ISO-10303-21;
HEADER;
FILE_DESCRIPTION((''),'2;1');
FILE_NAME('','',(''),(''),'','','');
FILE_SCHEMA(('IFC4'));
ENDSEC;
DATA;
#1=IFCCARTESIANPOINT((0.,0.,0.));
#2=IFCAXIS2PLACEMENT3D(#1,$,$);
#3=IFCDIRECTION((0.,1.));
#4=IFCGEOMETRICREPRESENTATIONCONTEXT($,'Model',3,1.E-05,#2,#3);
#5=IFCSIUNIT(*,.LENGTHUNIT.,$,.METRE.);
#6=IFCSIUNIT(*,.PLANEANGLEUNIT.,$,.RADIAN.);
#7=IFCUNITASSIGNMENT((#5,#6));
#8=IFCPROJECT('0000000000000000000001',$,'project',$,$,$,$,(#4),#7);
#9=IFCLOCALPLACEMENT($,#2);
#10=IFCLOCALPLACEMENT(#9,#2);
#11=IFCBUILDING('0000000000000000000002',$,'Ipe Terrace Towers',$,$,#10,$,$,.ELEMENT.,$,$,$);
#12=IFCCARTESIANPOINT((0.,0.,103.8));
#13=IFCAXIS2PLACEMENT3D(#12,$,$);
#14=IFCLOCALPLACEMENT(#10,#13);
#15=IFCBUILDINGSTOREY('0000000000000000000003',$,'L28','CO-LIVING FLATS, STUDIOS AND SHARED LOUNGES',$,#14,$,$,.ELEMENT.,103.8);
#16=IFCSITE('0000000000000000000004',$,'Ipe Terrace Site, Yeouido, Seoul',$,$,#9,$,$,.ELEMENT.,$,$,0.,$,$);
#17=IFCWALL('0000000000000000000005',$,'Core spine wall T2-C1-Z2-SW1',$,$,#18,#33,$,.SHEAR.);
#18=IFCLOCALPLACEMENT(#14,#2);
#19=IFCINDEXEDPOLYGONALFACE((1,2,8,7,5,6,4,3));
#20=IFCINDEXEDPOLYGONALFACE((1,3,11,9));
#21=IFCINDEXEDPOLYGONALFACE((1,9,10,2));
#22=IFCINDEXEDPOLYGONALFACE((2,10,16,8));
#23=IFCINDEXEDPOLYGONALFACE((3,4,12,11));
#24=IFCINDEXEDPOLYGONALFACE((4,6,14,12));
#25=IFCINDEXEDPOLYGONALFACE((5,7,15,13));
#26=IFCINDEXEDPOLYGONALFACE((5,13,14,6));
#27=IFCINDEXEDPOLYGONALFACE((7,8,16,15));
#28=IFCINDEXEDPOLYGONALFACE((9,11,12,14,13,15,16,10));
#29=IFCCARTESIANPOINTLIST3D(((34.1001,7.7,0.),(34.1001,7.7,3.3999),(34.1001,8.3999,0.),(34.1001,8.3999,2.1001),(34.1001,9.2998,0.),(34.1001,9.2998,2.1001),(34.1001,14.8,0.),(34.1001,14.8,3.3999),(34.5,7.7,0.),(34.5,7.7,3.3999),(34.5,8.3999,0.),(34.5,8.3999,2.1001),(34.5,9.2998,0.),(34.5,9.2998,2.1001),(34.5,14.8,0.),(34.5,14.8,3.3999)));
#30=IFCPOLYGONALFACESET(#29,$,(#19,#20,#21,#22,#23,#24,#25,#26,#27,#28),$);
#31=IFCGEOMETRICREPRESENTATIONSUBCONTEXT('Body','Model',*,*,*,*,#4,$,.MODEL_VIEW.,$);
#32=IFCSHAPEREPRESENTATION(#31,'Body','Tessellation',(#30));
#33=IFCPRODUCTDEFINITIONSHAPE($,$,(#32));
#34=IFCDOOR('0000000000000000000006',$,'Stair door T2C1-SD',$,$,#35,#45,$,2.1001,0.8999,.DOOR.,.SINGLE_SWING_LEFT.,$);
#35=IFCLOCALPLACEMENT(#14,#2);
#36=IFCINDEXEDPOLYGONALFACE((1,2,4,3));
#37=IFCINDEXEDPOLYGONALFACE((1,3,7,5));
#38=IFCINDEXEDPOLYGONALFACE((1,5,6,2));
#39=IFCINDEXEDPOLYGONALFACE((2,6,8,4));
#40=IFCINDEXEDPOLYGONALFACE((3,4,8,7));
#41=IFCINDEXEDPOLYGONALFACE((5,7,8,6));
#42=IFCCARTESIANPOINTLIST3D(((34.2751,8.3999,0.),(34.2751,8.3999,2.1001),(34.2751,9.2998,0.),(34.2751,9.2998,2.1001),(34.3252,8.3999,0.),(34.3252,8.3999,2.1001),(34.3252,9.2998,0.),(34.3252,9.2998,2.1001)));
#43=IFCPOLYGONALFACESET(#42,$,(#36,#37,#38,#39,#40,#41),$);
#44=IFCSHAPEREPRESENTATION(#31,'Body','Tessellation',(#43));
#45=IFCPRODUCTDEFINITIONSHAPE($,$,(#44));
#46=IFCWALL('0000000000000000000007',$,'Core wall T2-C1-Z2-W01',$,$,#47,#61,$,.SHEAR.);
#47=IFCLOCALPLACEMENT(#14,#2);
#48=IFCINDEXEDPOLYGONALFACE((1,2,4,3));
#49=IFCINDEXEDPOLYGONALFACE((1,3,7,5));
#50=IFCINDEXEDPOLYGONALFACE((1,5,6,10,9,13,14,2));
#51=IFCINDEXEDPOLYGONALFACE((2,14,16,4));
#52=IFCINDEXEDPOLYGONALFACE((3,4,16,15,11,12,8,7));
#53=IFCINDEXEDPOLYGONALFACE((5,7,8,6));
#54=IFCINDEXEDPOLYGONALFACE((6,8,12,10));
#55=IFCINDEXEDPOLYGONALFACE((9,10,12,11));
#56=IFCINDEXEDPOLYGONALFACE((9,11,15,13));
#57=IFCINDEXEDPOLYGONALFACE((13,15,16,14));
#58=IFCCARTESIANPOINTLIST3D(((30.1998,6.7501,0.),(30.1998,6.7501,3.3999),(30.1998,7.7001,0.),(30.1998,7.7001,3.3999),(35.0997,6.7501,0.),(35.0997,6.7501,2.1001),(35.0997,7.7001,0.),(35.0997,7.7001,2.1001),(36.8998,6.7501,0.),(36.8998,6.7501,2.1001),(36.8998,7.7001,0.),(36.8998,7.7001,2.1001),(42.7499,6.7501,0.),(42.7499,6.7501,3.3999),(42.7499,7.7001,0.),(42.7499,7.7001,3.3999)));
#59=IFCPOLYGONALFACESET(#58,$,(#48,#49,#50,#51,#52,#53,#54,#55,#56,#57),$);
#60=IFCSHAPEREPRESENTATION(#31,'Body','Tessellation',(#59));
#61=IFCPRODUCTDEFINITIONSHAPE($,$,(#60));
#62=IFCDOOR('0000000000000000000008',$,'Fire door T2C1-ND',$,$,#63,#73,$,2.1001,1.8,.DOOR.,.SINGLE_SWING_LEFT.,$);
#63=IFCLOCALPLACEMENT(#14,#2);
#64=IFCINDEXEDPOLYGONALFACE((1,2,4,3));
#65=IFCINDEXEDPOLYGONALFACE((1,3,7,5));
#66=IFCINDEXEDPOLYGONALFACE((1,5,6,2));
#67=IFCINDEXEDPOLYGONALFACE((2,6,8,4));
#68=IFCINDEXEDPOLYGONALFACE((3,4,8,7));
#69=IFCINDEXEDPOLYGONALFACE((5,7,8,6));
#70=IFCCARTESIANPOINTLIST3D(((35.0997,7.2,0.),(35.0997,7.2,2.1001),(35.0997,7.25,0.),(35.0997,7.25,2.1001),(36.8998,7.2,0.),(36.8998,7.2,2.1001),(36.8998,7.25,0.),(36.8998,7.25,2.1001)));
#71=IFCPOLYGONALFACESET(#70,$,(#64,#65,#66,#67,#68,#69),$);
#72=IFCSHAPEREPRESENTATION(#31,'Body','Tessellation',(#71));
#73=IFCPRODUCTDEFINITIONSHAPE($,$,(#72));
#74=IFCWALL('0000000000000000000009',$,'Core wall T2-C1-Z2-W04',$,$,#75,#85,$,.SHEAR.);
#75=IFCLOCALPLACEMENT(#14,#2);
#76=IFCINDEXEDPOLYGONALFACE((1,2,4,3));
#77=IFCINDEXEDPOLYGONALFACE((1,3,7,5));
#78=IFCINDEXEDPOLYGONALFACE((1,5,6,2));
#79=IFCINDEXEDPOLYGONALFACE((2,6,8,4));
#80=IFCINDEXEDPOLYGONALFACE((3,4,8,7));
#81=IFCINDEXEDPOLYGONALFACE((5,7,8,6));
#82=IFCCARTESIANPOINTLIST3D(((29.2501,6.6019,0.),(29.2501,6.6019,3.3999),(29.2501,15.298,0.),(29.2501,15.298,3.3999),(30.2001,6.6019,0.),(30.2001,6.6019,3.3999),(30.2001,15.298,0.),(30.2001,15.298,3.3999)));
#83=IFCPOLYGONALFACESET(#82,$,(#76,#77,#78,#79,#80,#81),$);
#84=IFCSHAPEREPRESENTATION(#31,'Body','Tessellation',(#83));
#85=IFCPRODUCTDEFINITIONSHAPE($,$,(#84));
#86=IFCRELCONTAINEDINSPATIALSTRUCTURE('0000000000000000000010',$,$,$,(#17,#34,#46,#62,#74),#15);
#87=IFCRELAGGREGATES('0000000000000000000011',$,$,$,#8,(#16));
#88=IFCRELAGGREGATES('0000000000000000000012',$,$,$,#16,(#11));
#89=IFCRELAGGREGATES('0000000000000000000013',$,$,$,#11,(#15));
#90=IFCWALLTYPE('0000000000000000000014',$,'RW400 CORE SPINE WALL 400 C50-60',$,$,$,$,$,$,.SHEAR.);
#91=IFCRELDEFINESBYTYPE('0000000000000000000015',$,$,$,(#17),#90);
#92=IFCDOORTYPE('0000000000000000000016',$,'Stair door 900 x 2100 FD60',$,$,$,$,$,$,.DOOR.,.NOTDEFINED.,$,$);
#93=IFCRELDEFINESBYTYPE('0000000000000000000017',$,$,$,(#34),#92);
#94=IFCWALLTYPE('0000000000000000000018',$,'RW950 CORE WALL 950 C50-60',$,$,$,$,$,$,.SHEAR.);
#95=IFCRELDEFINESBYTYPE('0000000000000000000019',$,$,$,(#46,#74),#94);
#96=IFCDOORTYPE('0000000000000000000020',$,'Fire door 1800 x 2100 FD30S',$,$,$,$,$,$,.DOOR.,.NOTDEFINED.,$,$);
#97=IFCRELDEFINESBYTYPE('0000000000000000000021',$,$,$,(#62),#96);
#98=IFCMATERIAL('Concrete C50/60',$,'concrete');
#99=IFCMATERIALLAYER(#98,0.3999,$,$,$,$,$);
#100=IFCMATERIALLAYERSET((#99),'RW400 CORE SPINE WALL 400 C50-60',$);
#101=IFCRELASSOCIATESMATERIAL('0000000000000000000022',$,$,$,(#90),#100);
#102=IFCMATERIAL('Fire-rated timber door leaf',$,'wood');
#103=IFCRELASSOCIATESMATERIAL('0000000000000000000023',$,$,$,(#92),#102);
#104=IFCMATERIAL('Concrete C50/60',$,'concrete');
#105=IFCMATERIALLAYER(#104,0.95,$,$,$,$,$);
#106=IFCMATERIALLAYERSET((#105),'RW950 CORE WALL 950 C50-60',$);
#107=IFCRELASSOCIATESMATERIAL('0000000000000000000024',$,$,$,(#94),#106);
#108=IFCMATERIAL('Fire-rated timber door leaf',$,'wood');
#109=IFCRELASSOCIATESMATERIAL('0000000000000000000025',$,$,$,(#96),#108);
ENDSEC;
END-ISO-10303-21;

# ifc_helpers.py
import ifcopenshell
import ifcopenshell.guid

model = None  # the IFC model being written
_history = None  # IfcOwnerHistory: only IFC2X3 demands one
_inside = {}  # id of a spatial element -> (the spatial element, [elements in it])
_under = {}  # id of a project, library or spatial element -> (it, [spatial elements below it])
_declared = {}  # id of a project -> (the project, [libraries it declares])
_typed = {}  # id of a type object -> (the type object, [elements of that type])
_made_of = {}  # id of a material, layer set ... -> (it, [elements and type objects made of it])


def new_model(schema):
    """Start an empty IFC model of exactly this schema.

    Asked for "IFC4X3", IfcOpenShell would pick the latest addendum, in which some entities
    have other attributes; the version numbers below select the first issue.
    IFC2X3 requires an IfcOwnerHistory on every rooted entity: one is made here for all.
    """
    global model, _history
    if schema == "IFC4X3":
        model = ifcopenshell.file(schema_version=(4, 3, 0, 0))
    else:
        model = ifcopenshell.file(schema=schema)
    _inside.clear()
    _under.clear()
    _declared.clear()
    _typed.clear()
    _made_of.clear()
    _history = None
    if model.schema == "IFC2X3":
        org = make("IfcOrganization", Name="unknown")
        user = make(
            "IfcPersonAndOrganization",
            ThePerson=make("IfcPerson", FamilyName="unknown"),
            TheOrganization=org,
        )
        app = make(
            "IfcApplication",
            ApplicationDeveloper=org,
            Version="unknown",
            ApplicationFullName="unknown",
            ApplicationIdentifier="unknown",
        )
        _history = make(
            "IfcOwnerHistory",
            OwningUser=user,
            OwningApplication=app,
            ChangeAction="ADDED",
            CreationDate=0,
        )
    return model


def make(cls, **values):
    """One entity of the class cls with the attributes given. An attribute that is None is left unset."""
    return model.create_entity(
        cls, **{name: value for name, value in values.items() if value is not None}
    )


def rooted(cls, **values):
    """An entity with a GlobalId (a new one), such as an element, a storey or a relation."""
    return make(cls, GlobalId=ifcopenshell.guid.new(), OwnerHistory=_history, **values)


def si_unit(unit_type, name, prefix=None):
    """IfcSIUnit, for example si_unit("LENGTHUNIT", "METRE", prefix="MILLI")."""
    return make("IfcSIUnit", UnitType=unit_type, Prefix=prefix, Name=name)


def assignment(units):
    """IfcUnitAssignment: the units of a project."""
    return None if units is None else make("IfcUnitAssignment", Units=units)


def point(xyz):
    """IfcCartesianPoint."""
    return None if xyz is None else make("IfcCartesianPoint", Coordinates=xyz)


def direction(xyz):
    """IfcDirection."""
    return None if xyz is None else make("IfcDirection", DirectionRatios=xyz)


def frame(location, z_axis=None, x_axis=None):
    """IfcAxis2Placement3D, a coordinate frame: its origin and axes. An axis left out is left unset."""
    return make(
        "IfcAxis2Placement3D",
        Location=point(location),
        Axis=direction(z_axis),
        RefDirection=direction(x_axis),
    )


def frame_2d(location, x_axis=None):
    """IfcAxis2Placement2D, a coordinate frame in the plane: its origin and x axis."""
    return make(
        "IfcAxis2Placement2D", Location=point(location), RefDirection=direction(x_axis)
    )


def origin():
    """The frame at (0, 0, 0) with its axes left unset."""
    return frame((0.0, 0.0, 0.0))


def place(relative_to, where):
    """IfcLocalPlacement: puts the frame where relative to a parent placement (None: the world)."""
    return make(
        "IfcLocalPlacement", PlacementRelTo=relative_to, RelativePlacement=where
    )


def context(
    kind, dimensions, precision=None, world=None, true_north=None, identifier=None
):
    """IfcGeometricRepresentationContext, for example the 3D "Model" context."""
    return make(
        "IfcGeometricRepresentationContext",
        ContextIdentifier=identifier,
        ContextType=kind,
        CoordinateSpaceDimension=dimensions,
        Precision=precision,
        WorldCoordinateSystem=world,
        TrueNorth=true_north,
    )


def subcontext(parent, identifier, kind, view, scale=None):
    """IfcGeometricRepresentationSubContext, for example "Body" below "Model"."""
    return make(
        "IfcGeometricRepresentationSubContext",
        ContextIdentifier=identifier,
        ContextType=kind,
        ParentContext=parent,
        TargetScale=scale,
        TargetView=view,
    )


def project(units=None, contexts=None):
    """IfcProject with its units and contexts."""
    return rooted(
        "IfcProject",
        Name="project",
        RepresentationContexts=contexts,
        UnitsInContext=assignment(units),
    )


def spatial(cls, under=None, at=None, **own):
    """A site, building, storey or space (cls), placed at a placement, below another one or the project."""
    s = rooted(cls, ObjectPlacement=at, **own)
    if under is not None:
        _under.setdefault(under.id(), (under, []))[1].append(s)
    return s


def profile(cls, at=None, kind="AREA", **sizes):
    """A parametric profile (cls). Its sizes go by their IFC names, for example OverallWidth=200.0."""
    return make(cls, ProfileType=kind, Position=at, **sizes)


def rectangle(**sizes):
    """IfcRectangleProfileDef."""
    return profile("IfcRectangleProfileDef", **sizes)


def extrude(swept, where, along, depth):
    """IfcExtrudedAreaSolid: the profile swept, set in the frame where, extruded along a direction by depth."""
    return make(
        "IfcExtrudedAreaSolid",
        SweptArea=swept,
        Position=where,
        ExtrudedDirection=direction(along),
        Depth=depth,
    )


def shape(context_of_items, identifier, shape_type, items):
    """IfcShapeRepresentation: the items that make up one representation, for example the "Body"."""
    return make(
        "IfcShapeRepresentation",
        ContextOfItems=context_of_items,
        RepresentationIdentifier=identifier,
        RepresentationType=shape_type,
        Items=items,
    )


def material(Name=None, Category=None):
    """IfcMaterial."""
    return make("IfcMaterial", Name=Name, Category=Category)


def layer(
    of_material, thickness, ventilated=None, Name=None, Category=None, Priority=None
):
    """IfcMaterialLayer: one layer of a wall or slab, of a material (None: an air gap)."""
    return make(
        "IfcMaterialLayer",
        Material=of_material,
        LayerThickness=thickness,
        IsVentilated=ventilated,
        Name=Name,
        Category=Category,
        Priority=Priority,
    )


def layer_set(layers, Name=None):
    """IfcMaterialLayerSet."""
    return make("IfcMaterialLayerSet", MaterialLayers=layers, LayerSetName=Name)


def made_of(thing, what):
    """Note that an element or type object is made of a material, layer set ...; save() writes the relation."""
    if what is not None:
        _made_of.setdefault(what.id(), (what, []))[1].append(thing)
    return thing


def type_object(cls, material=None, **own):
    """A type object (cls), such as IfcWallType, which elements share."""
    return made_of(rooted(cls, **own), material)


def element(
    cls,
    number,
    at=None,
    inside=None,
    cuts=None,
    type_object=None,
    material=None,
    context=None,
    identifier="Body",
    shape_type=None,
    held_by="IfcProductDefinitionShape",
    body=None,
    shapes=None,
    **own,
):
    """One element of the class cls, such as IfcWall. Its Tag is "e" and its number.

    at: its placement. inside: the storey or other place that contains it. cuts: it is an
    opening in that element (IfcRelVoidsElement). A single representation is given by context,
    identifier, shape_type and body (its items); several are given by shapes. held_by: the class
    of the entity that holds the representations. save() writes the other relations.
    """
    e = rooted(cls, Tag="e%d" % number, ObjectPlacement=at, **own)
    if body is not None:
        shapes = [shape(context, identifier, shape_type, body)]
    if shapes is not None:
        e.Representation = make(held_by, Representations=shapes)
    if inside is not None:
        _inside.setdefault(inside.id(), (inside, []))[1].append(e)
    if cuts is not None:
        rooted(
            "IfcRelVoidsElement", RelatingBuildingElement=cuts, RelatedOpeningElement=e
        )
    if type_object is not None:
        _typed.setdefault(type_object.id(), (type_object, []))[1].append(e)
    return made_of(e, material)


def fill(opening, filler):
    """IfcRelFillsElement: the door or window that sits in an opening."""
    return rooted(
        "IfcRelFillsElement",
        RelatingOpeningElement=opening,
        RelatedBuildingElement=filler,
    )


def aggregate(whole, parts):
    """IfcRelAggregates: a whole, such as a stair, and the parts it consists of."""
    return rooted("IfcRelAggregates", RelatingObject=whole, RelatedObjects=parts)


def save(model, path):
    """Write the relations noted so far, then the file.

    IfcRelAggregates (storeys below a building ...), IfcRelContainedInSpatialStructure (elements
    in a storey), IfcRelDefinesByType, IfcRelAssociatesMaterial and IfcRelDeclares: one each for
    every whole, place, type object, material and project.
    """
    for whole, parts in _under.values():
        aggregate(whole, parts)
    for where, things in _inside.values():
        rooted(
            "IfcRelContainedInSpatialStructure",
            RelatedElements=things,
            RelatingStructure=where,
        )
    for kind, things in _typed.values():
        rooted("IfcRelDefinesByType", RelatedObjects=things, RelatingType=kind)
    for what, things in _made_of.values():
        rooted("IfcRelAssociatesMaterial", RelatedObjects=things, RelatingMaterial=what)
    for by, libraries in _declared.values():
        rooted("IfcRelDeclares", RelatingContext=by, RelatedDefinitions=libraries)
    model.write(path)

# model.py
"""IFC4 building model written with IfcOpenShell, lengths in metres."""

from ifc_helpers import new_model, si_unit, direction, frame, frame_2d, origin, place, context, subcontext, project, spatial, rectangle, extrude, material, layer, layer_set, type_object, element, fill, save


model = new_model("IFC4")

# Units and contexts
model_context = context("Model", 3, precision=1e-05, world=origin(), true_north=direction((0.0, 1.0)))
body_context = subcontext(model_context, "Body", "Model", "MODEL_VIEW")
ifc_project = project(units=[si_unit("LENGTHUNIT", "METRE"), si_unit("PLANEANGLEUNIT", "RADIAN")], contexts=[model_context])

# Site, building, storey
site_placement = place(None, origin())
site = spatial("IfcSite", under=ifc_project, at=site_placement, Name="Ipe Terrace Site, Yeouido, Seoul", CompositionType="ELEMENT", RefElevation=0.0)
building_placement = place(site_placement, origin())
building = spatial("IfcBuilding", under=site, at=building_placement, Name="Ipe Terrace Towers", CompositionType="ELEMENT")
storey_placement = place(building_placement, frame((0.0, 0.0, 103.8)))
storey = spatial("IfcBuildingStorey", under=building, at=storey_placement, Name="L28", Description="CO-LIVING FLATS, STUDIOS AND SHARED LOUNGES", CompositionType="ELEMENT", Elevation=103.8)

# Walls, openings, doors
ifc_material_1 = material(Name="Concrete C50/60", Category="concrete")
ifc_layer_1 = layer(ifc_material_1, 0.3999)
ifc_layer_set_1 = layer_set([ifc_layer_1], Name="RW400 CORE SPINE WALL 400 C50-60")
wall_type_1 = type_object("IfcWallType", Name="RW400 CORE SPINE WALL 400 C50-60", PredefinedType="SHEAR", material=ifc_layer_set_1)
wall_1_placement = place(storey_placement, frame((34.3, 7.7, 0.0), z_axis=(0.0, 0.0, 1.0), x_axis=(0.0, 1.0, 0.0)))
wall_1 = element("IfcWall", 1, at=wall_1_placement, inside=storey, type_object=wall_type_1, Name="Core spine wall T2-C1-Z2-SW1", PredefinedType="SHEAR", context=body_context, shape_type="SweptSolid", body=[
    extrude(rectangle(XDim=7.1001, YDim=0.3999, at=frame_2d((3.55, 0.0))), origin(), (0.0, 0.0, 1.0), 3.3999),
])
opening_1_placement = place(wall_1_placement, frame((0.7, 0.0, 0.0)))
opening_1 = element("IfcOpeningElement", 2, at=opening_1_placement, cuts=wall_1, PredefinedType="OPENING", context=body_context, shape_type="SweptSolid", body=[
    extrude(rectangle(XDim=0.8999, YDim=2.1001, at=frame_2d((0.45, 1.05))), frame((0.0, 0.21, 0.0), z_axis=(0.0, -1.0, 0.0), x_axis=(1.0, 0.0, 0.0)), (0.0, 0.0, 1.0), 0.4199),
])
ifc_material_2 = material(Name="Fire-rated timber door leaf", Category="wood")
door_type_1 = type_object("IfcDoorType", Name="Stair door 900 x 2100 FD60", OperationType="NOTDEFINED", PredefinedType="DOOR", material=ifc_material_2)
door_1_placement = place(opening_1_placement, origin())
door_1 = element("IfcDoor", 3, at=door_1_placement, inside=storey, type_object=door_type_1, Name="Stair door T2C1-SD", OperationType="SINGLE_SWING_LEFT", OverallHeight=2.1001, OverallWidth=0.8999, PredefinedType="DOOR", context=body_context, shape_type="SweptSolid", body=[
    extrude(rectangle(XDim=0.8999, YDim=2.1001, at=frame_2d((0.45, 1.05))), frame((0.0, 0.0249, 0.0), z_axis=(0.0, -1.0, 0.0), x_axis=(1.0, 0.0, 0.0)), (0.0, 0.0, 1.0), 0.05),
])
fill(opening_1, door_1)
ifc_material_3 = material(Name="Concrete C50/60", Category="concrete")
ifc_layer_2 = layer(ifc_material_3, 0.95)
ifc_layer_set_2 = layer_set([ifc_layer_2], Name="RW950 CORE WALL 950 C50-60")
wall_type_2 = type_object("IfcWallType", Name="RW950 CORE WALL 950 C50-60", PredefinedType="SHEAR", material=ifc_layer_set_2)
wall_2_placement = place(storey_placement, frame((30.2, 7.2251, 0.0), z_axis=(0.0, 0.0, 1.0), x_axis=(1.0, 0.0, 0.0)))
wall_2 = element("IfcWall", 4, at=wall_2_placement, inside=storey, type_object=wall_type_2, Name="Core wall T2-C1-Z2-W01", PredefinedType="SHEAR", context=body_context, shape_type="SweptSolid", body=[
    extrude(rectangle(XDim=12.55, YDim=0.95, at=frame_2d((6.2749, 0.0))), origin(), (0.0, 0.0, 1.0), 3.3999),
])
opening_2_placement = place(wall_2_placement, frame((4.8999, 0.0, 0.0)))
opening_2 = element("IfcOpeningElement", 5, at=opening_2_placement, cuts=wall_2, PredefinedType="OPENING", context=body_context, shape_type="SweptSolid", body=[
    extrude(rectangle(XDim=1.8, YDim=2.1001, at=frame_2d((0.8999, 1.05))), frame((0.0, 0.4849, 0.0), z_axis=(0.0, -1.0, 0.0), x_axis=(1.0, 0.0, 0.0)), (0.0, 0.0, 1.0), 0.97),
])
ifc_material_4 = material(Name="Fire-rated timber door leaf", Category="wood")
door_type_2 = type_object("IfcDoorType", Name="Fire door 1800 x 2100 FD30S", OperationType="NOTDEFINED", PredefinedType="DOOR", material=ifc_material_4)
door_2_placement = place(opening_2_placement, origin())
door_2 = element("IfcDoor", 6, at=door_2_placement, inside=storey, type_object=door_type_2, Name="Fire door T2C1-ND", OperationType="SINGLE_SWING_LEFT", OverallHeight=2.1001, OverallWidth=1.8, PredefinedType="DOOR", context=body_context, shape_type="SweptSolid", body=[
    extrude(rectangle(XDim=1.8, YDim=2.1001, at=frame_2d((0.8999, 1.05))), frame((0.0, 0.0249, 0.0), z_axis=(0.0, -1.0, 0.0), x_axis=(1.0, 0.0, 0.0)), (0.0, 0.0, 1.0), 0.05),
])
fill(opening_2, door_2)

# Wall
wall_3_placement = place(storey_placement, frame((29.7251, 15.2981, 0.0), z_axis=(0.0, 0.0, 1.0), x_axis=(0.0, -1.0, 0.0)))
element("IfcWall", 7, at=wall_3_placement, inside=storey, type_object=wall_type_2, Name="Core wall T2-C1-Z2-W04", PredefinedType="SHEAR", context=body_context, shape_type="SweptSolid", body=[
    extrude(rectangle(XDim=8.696, YDim=0.95, at=frame_2d((4.3481, 0.0))), origin(), (0.0, 0.0, 1.0), 3.3999),
])

save(model, "model.ifc")
